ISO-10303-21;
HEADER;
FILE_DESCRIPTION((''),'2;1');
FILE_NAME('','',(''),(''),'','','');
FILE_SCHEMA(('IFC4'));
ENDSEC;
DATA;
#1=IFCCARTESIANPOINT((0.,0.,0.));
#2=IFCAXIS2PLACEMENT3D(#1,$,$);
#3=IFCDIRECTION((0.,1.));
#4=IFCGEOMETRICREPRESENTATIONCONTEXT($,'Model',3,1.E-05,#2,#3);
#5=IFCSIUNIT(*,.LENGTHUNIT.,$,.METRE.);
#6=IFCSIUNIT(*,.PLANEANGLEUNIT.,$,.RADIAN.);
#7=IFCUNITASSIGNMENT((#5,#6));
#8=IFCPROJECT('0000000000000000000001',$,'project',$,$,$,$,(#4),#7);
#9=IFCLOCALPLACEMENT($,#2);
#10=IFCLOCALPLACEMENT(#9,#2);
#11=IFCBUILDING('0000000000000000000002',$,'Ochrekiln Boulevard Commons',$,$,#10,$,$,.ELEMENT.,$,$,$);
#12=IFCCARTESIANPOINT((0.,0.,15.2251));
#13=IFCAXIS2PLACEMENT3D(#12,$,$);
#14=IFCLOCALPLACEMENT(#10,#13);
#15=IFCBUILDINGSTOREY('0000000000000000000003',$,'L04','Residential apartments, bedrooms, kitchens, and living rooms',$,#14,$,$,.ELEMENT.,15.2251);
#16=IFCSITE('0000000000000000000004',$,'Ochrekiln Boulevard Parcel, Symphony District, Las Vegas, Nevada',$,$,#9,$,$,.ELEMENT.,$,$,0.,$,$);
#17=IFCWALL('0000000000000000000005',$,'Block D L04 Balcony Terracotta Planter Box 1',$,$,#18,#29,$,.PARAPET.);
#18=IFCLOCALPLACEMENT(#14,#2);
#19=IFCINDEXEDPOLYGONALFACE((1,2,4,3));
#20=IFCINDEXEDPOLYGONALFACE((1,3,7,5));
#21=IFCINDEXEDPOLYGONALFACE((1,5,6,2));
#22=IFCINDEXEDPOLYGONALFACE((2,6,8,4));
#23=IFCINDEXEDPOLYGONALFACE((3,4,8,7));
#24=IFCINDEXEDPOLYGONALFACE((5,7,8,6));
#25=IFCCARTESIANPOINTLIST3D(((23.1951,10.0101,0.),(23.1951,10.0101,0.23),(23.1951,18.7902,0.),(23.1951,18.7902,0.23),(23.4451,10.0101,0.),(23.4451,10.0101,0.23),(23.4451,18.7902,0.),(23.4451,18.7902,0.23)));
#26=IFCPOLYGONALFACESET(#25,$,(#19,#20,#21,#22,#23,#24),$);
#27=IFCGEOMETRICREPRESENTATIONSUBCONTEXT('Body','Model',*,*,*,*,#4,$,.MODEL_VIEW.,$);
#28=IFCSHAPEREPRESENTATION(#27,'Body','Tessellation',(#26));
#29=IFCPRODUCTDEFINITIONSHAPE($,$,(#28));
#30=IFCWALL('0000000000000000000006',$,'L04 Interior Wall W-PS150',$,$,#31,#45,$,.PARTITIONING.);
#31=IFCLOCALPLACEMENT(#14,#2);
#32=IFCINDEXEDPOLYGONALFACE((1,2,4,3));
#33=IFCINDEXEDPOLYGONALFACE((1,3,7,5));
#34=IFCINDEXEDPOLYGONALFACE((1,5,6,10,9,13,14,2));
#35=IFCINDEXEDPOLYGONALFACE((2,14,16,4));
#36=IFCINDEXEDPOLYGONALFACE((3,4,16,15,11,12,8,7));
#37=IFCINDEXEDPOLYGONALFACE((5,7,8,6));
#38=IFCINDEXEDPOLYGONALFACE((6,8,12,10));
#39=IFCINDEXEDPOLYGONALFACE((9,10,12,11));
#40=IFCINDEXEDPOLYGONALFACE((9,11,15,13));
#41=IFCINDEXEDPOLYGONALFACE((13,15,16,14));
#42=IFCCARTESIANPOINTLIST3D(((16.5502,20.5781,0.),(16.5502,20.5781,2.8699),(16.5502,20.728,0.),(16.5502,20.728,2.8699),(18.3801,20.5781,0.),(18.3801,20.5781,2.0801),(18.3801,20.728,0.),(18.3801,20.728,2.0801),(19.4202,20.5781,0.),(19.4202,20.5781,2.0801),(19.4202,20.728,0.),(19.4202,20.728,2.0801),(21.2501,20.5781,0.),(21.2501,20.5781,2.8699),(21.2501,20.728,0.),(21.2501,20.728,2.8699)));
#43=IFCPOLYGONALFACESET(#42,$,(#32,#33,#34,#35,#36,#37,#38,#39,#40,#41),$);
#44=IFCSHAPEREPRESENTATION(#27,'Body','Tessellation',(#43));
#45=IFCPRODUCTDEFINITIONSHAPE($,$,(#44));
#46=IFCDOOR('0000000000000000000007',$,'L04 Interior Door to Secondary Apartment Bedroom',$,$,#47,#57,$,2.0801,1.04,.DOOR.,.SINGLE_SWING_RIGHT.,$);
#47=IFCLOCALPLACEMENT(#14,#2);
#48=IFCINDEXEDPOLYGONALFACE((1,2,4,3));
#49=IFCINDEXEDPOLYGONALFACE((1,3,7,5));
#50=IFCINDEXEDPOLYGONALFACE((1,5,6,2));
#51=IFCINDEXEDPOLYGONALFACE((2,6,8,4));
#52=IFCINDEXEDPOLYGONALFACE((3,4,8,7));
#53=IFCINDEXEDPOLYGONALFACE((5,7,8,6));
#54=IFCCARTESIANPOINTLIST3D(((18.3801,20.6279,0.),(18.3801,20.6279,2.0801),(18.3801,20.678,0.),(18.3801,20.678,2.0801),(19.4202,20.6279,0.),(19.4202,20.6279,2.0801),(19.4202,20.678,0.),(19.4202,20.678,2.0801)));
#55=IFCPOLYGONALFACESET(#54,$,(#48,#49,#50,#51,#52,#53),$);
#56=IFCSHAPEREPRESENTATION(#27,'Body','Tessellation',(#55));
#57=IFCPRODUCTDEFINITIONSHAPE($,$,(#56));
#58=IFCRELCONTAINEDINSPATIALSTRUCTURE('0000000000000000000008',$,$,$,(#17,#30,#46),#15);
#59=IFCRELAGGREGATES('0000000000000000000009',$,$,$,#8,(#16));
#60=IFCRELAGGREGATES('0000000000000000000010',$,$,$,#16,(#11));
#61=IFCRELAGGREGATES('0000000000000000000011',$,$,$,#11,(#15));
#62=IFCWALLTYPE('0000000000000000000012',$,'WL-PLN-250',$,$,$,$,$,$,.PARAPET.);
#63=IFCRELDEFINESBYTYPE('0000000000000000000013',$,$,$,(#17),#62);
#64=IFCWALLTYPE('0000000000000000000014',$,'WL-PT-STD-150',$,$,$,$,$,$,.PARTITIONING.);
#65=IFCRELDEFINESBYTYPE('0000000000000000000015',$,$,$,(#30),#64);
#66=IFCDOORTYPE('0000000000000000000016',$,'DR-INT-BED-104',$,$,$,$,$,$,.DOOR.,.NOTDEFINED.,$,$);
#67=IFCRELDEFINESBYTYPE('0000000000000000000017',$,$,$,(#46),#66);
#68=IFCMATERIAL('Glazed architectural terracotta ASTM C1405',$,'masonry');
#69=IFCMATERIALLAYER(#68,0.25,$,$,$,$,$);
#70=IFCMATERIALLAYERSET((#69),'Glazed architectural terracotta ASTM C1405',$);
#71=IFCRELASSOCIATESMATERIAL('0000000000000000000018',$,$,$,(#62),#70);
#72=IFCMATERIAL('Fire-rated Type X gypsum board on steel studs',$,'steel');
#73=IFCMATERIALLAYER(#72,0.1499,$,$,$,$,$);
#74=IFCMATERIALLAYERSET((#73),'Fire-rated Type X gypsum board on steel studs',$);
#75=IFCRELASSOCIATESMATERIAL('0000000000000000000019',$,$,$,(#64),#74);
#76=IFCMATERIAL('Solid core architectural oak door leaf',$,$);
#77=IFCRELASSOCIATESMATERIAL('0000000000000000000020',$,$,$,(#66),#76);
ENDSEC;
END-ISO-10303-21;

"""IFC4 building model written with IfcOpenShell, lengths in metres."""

from ifc_helpers import new_model, si_unit, direction, frame, frame_2d, origin, place, context, subcontext, project, spatial, rectangle, extrude, material, layer, layer_set, type_object, element, fill, save


model = new_model("IFC4")

# Units and contexts
model_context = context("Model", 3, precision=1e-05, world=origin(), true_north=direction((0.0, 1.0)))
body_context = subcontext(model_context, "Body", "Model", "MODEL_VIEW")
ifc_project = project(units=[si_unit("LENGTHUNIT", "METRE"), si_unit("PLANEANGLEUNIT", "RADIAN")], contexts=[model_context])

# Site, building, storey
site_placement = place(None, origin())
site = spatial("IfcSite", under=ifc_project, at=site_placement, Name="Ochrekiln Boulevard Parcel, Symphony District, Las Vegas, Nevada", CompositionType="ELEMENT", RefElevation=0.0)
building_placement = place(site_placement, origin())
building = spatial("IfcBuilding", under=site, at=building_placement, Name="Ochrekiln Boulevard Commons", CompositionType="ELEMENT")
storey_placement = place(building_placement, frame((0.0, 0.0, 15.2251)))
storey = spatial("IfcBuildingStorey", under=building, at=storey_placement, Name="L04", Description="Residential apartments, bedrooms, kitchens, and living rooms", CompositionType="ELEMENT", Elevation=15.2251)

# Wall
ifc_material_1 = material(Name="Glazed architectural terracotta ASTM C1405", Category="masonry")
ifc_layer_1 = layer(ifc_material_1, 0.25)
ifc_layer_set_1 = layer_set([ifc_layer_1], Name="Glazed architectural terracotta ASTM C1405")
wall_type_1 = type_object("IfcWallType", Name="WL-PLN-250", PredefinedType="PARAPET", material=ifc_layer_set_1)
wall_1_placement = place(storey_placement, frame((23.3201, 10.01, 0.0), z_axis=(0.0, 0.0, 1.0), x_axis=(0.0, 1.0, 0.0)))
element("IfcWall", 1, at=wall_1_placement, inside=storey, type_object=wall_type_1, Name="Block D L04 Balcony Terracotta Planter Box 1", PredefinedType="PARAPET", context=body_context, shape_type="SweptSolid", body=[
    extrude(rectangle(XDim=8.78, YDim=0.25, at=frame_2d((4.3901, 0.0))), origin(), (0.0, 0.0, 1.0), 0.23),
])

# Wall, opening, door
ifc_material_2 = material(Name="Fire-rated Type X gypsum board on steel studs", Category="steel")
ifc_layer_2 = layer(ifc_material_2, 0.1499)
ifc_layer_set_2 = layer_set([ifc_layer_2], Name="Fire-rated Type X gypsum board on steel studs")
wall_type_2 = type_object("IfcWallType", Name="WL-PT-STD-150", PredefinedType="PARTITIONING", material=ifc_layer_set_2)
wall_2_placement = place(storey_placement, frame((16.55, 20.6531, 0.0), z_axis=(0.0, 0.0, 1.0), x_axis=(1.0, 0.0, 0.0)))
wall_2 = element("IfcWall", 2, at=wall_2_placement, inside=storey, type_object=wall_type_2, Name="L04 Interior Wall W-PS150", PredefinedType="PARTITIONING", context=body_context, shape_type="SweptSolid", body=[
    extrude(rectangle(XDim=4.7, YDim=0.1499, at=frame_2d((2.3501, 0.0))), origin(), (0.0, 0.0, 1.0), 2.8699),
])
opening_placement = place(wall_2_placement, frame((1.8301, 0.0, 0.0)))
opening = element("IfcOpeningElement", 3, at=opening_placement, cuts=wall_2, PredefinedType="OPENING", context=body_context, shape_type="SweptSolid", body=[
    extrude(rectangle(XDim=1.04, YDim=2.0801, at=frame_2d((0.52, 1.04))), frame((0.0, 0.085, 0.0), z_axis=(0.0, -1.0, 0.0), x_axis=(1.0, 0.0, 0.0)), (0.0, 0.0, 1.0), 0.1699),
])
ifc_material_3 = material(Name="Solid core architectural oak door leaf")
door_type = type_object("IfcDoorType", Name="DR-INT-BED-104", OperationType="NOTDEFINED", PredefinedType="DOOR", material=ifc_material_3)
door_placement = place(opening_placement, origin())
door = element("IfcDoor", 4, at=door_placement, inside=storey, type_object=door_type, Name="L04 Interior Door to Secondary Apartment Bedroom", OperationType="SINGLE_SWING_RIGHT", OverallHeight=2.0801, OverallWidth=1.04, PredefinedType="DOOR", context=body_context, shape_type="SweptSolid", body=[
    extrude(rectangle(XDim=1.04, YDim=2.0801, at=frame_2d((0.52, 1.04))), frame((0.0, 0.0249, 0.0), z_axis=(0.0, -1.0, 0.0), x_axis=(1.0, 0.0, 0.0)), (0.0, 0.0, 1.0), 0.05),
])
fill(opening, door)

save(model, "model.ifc")
